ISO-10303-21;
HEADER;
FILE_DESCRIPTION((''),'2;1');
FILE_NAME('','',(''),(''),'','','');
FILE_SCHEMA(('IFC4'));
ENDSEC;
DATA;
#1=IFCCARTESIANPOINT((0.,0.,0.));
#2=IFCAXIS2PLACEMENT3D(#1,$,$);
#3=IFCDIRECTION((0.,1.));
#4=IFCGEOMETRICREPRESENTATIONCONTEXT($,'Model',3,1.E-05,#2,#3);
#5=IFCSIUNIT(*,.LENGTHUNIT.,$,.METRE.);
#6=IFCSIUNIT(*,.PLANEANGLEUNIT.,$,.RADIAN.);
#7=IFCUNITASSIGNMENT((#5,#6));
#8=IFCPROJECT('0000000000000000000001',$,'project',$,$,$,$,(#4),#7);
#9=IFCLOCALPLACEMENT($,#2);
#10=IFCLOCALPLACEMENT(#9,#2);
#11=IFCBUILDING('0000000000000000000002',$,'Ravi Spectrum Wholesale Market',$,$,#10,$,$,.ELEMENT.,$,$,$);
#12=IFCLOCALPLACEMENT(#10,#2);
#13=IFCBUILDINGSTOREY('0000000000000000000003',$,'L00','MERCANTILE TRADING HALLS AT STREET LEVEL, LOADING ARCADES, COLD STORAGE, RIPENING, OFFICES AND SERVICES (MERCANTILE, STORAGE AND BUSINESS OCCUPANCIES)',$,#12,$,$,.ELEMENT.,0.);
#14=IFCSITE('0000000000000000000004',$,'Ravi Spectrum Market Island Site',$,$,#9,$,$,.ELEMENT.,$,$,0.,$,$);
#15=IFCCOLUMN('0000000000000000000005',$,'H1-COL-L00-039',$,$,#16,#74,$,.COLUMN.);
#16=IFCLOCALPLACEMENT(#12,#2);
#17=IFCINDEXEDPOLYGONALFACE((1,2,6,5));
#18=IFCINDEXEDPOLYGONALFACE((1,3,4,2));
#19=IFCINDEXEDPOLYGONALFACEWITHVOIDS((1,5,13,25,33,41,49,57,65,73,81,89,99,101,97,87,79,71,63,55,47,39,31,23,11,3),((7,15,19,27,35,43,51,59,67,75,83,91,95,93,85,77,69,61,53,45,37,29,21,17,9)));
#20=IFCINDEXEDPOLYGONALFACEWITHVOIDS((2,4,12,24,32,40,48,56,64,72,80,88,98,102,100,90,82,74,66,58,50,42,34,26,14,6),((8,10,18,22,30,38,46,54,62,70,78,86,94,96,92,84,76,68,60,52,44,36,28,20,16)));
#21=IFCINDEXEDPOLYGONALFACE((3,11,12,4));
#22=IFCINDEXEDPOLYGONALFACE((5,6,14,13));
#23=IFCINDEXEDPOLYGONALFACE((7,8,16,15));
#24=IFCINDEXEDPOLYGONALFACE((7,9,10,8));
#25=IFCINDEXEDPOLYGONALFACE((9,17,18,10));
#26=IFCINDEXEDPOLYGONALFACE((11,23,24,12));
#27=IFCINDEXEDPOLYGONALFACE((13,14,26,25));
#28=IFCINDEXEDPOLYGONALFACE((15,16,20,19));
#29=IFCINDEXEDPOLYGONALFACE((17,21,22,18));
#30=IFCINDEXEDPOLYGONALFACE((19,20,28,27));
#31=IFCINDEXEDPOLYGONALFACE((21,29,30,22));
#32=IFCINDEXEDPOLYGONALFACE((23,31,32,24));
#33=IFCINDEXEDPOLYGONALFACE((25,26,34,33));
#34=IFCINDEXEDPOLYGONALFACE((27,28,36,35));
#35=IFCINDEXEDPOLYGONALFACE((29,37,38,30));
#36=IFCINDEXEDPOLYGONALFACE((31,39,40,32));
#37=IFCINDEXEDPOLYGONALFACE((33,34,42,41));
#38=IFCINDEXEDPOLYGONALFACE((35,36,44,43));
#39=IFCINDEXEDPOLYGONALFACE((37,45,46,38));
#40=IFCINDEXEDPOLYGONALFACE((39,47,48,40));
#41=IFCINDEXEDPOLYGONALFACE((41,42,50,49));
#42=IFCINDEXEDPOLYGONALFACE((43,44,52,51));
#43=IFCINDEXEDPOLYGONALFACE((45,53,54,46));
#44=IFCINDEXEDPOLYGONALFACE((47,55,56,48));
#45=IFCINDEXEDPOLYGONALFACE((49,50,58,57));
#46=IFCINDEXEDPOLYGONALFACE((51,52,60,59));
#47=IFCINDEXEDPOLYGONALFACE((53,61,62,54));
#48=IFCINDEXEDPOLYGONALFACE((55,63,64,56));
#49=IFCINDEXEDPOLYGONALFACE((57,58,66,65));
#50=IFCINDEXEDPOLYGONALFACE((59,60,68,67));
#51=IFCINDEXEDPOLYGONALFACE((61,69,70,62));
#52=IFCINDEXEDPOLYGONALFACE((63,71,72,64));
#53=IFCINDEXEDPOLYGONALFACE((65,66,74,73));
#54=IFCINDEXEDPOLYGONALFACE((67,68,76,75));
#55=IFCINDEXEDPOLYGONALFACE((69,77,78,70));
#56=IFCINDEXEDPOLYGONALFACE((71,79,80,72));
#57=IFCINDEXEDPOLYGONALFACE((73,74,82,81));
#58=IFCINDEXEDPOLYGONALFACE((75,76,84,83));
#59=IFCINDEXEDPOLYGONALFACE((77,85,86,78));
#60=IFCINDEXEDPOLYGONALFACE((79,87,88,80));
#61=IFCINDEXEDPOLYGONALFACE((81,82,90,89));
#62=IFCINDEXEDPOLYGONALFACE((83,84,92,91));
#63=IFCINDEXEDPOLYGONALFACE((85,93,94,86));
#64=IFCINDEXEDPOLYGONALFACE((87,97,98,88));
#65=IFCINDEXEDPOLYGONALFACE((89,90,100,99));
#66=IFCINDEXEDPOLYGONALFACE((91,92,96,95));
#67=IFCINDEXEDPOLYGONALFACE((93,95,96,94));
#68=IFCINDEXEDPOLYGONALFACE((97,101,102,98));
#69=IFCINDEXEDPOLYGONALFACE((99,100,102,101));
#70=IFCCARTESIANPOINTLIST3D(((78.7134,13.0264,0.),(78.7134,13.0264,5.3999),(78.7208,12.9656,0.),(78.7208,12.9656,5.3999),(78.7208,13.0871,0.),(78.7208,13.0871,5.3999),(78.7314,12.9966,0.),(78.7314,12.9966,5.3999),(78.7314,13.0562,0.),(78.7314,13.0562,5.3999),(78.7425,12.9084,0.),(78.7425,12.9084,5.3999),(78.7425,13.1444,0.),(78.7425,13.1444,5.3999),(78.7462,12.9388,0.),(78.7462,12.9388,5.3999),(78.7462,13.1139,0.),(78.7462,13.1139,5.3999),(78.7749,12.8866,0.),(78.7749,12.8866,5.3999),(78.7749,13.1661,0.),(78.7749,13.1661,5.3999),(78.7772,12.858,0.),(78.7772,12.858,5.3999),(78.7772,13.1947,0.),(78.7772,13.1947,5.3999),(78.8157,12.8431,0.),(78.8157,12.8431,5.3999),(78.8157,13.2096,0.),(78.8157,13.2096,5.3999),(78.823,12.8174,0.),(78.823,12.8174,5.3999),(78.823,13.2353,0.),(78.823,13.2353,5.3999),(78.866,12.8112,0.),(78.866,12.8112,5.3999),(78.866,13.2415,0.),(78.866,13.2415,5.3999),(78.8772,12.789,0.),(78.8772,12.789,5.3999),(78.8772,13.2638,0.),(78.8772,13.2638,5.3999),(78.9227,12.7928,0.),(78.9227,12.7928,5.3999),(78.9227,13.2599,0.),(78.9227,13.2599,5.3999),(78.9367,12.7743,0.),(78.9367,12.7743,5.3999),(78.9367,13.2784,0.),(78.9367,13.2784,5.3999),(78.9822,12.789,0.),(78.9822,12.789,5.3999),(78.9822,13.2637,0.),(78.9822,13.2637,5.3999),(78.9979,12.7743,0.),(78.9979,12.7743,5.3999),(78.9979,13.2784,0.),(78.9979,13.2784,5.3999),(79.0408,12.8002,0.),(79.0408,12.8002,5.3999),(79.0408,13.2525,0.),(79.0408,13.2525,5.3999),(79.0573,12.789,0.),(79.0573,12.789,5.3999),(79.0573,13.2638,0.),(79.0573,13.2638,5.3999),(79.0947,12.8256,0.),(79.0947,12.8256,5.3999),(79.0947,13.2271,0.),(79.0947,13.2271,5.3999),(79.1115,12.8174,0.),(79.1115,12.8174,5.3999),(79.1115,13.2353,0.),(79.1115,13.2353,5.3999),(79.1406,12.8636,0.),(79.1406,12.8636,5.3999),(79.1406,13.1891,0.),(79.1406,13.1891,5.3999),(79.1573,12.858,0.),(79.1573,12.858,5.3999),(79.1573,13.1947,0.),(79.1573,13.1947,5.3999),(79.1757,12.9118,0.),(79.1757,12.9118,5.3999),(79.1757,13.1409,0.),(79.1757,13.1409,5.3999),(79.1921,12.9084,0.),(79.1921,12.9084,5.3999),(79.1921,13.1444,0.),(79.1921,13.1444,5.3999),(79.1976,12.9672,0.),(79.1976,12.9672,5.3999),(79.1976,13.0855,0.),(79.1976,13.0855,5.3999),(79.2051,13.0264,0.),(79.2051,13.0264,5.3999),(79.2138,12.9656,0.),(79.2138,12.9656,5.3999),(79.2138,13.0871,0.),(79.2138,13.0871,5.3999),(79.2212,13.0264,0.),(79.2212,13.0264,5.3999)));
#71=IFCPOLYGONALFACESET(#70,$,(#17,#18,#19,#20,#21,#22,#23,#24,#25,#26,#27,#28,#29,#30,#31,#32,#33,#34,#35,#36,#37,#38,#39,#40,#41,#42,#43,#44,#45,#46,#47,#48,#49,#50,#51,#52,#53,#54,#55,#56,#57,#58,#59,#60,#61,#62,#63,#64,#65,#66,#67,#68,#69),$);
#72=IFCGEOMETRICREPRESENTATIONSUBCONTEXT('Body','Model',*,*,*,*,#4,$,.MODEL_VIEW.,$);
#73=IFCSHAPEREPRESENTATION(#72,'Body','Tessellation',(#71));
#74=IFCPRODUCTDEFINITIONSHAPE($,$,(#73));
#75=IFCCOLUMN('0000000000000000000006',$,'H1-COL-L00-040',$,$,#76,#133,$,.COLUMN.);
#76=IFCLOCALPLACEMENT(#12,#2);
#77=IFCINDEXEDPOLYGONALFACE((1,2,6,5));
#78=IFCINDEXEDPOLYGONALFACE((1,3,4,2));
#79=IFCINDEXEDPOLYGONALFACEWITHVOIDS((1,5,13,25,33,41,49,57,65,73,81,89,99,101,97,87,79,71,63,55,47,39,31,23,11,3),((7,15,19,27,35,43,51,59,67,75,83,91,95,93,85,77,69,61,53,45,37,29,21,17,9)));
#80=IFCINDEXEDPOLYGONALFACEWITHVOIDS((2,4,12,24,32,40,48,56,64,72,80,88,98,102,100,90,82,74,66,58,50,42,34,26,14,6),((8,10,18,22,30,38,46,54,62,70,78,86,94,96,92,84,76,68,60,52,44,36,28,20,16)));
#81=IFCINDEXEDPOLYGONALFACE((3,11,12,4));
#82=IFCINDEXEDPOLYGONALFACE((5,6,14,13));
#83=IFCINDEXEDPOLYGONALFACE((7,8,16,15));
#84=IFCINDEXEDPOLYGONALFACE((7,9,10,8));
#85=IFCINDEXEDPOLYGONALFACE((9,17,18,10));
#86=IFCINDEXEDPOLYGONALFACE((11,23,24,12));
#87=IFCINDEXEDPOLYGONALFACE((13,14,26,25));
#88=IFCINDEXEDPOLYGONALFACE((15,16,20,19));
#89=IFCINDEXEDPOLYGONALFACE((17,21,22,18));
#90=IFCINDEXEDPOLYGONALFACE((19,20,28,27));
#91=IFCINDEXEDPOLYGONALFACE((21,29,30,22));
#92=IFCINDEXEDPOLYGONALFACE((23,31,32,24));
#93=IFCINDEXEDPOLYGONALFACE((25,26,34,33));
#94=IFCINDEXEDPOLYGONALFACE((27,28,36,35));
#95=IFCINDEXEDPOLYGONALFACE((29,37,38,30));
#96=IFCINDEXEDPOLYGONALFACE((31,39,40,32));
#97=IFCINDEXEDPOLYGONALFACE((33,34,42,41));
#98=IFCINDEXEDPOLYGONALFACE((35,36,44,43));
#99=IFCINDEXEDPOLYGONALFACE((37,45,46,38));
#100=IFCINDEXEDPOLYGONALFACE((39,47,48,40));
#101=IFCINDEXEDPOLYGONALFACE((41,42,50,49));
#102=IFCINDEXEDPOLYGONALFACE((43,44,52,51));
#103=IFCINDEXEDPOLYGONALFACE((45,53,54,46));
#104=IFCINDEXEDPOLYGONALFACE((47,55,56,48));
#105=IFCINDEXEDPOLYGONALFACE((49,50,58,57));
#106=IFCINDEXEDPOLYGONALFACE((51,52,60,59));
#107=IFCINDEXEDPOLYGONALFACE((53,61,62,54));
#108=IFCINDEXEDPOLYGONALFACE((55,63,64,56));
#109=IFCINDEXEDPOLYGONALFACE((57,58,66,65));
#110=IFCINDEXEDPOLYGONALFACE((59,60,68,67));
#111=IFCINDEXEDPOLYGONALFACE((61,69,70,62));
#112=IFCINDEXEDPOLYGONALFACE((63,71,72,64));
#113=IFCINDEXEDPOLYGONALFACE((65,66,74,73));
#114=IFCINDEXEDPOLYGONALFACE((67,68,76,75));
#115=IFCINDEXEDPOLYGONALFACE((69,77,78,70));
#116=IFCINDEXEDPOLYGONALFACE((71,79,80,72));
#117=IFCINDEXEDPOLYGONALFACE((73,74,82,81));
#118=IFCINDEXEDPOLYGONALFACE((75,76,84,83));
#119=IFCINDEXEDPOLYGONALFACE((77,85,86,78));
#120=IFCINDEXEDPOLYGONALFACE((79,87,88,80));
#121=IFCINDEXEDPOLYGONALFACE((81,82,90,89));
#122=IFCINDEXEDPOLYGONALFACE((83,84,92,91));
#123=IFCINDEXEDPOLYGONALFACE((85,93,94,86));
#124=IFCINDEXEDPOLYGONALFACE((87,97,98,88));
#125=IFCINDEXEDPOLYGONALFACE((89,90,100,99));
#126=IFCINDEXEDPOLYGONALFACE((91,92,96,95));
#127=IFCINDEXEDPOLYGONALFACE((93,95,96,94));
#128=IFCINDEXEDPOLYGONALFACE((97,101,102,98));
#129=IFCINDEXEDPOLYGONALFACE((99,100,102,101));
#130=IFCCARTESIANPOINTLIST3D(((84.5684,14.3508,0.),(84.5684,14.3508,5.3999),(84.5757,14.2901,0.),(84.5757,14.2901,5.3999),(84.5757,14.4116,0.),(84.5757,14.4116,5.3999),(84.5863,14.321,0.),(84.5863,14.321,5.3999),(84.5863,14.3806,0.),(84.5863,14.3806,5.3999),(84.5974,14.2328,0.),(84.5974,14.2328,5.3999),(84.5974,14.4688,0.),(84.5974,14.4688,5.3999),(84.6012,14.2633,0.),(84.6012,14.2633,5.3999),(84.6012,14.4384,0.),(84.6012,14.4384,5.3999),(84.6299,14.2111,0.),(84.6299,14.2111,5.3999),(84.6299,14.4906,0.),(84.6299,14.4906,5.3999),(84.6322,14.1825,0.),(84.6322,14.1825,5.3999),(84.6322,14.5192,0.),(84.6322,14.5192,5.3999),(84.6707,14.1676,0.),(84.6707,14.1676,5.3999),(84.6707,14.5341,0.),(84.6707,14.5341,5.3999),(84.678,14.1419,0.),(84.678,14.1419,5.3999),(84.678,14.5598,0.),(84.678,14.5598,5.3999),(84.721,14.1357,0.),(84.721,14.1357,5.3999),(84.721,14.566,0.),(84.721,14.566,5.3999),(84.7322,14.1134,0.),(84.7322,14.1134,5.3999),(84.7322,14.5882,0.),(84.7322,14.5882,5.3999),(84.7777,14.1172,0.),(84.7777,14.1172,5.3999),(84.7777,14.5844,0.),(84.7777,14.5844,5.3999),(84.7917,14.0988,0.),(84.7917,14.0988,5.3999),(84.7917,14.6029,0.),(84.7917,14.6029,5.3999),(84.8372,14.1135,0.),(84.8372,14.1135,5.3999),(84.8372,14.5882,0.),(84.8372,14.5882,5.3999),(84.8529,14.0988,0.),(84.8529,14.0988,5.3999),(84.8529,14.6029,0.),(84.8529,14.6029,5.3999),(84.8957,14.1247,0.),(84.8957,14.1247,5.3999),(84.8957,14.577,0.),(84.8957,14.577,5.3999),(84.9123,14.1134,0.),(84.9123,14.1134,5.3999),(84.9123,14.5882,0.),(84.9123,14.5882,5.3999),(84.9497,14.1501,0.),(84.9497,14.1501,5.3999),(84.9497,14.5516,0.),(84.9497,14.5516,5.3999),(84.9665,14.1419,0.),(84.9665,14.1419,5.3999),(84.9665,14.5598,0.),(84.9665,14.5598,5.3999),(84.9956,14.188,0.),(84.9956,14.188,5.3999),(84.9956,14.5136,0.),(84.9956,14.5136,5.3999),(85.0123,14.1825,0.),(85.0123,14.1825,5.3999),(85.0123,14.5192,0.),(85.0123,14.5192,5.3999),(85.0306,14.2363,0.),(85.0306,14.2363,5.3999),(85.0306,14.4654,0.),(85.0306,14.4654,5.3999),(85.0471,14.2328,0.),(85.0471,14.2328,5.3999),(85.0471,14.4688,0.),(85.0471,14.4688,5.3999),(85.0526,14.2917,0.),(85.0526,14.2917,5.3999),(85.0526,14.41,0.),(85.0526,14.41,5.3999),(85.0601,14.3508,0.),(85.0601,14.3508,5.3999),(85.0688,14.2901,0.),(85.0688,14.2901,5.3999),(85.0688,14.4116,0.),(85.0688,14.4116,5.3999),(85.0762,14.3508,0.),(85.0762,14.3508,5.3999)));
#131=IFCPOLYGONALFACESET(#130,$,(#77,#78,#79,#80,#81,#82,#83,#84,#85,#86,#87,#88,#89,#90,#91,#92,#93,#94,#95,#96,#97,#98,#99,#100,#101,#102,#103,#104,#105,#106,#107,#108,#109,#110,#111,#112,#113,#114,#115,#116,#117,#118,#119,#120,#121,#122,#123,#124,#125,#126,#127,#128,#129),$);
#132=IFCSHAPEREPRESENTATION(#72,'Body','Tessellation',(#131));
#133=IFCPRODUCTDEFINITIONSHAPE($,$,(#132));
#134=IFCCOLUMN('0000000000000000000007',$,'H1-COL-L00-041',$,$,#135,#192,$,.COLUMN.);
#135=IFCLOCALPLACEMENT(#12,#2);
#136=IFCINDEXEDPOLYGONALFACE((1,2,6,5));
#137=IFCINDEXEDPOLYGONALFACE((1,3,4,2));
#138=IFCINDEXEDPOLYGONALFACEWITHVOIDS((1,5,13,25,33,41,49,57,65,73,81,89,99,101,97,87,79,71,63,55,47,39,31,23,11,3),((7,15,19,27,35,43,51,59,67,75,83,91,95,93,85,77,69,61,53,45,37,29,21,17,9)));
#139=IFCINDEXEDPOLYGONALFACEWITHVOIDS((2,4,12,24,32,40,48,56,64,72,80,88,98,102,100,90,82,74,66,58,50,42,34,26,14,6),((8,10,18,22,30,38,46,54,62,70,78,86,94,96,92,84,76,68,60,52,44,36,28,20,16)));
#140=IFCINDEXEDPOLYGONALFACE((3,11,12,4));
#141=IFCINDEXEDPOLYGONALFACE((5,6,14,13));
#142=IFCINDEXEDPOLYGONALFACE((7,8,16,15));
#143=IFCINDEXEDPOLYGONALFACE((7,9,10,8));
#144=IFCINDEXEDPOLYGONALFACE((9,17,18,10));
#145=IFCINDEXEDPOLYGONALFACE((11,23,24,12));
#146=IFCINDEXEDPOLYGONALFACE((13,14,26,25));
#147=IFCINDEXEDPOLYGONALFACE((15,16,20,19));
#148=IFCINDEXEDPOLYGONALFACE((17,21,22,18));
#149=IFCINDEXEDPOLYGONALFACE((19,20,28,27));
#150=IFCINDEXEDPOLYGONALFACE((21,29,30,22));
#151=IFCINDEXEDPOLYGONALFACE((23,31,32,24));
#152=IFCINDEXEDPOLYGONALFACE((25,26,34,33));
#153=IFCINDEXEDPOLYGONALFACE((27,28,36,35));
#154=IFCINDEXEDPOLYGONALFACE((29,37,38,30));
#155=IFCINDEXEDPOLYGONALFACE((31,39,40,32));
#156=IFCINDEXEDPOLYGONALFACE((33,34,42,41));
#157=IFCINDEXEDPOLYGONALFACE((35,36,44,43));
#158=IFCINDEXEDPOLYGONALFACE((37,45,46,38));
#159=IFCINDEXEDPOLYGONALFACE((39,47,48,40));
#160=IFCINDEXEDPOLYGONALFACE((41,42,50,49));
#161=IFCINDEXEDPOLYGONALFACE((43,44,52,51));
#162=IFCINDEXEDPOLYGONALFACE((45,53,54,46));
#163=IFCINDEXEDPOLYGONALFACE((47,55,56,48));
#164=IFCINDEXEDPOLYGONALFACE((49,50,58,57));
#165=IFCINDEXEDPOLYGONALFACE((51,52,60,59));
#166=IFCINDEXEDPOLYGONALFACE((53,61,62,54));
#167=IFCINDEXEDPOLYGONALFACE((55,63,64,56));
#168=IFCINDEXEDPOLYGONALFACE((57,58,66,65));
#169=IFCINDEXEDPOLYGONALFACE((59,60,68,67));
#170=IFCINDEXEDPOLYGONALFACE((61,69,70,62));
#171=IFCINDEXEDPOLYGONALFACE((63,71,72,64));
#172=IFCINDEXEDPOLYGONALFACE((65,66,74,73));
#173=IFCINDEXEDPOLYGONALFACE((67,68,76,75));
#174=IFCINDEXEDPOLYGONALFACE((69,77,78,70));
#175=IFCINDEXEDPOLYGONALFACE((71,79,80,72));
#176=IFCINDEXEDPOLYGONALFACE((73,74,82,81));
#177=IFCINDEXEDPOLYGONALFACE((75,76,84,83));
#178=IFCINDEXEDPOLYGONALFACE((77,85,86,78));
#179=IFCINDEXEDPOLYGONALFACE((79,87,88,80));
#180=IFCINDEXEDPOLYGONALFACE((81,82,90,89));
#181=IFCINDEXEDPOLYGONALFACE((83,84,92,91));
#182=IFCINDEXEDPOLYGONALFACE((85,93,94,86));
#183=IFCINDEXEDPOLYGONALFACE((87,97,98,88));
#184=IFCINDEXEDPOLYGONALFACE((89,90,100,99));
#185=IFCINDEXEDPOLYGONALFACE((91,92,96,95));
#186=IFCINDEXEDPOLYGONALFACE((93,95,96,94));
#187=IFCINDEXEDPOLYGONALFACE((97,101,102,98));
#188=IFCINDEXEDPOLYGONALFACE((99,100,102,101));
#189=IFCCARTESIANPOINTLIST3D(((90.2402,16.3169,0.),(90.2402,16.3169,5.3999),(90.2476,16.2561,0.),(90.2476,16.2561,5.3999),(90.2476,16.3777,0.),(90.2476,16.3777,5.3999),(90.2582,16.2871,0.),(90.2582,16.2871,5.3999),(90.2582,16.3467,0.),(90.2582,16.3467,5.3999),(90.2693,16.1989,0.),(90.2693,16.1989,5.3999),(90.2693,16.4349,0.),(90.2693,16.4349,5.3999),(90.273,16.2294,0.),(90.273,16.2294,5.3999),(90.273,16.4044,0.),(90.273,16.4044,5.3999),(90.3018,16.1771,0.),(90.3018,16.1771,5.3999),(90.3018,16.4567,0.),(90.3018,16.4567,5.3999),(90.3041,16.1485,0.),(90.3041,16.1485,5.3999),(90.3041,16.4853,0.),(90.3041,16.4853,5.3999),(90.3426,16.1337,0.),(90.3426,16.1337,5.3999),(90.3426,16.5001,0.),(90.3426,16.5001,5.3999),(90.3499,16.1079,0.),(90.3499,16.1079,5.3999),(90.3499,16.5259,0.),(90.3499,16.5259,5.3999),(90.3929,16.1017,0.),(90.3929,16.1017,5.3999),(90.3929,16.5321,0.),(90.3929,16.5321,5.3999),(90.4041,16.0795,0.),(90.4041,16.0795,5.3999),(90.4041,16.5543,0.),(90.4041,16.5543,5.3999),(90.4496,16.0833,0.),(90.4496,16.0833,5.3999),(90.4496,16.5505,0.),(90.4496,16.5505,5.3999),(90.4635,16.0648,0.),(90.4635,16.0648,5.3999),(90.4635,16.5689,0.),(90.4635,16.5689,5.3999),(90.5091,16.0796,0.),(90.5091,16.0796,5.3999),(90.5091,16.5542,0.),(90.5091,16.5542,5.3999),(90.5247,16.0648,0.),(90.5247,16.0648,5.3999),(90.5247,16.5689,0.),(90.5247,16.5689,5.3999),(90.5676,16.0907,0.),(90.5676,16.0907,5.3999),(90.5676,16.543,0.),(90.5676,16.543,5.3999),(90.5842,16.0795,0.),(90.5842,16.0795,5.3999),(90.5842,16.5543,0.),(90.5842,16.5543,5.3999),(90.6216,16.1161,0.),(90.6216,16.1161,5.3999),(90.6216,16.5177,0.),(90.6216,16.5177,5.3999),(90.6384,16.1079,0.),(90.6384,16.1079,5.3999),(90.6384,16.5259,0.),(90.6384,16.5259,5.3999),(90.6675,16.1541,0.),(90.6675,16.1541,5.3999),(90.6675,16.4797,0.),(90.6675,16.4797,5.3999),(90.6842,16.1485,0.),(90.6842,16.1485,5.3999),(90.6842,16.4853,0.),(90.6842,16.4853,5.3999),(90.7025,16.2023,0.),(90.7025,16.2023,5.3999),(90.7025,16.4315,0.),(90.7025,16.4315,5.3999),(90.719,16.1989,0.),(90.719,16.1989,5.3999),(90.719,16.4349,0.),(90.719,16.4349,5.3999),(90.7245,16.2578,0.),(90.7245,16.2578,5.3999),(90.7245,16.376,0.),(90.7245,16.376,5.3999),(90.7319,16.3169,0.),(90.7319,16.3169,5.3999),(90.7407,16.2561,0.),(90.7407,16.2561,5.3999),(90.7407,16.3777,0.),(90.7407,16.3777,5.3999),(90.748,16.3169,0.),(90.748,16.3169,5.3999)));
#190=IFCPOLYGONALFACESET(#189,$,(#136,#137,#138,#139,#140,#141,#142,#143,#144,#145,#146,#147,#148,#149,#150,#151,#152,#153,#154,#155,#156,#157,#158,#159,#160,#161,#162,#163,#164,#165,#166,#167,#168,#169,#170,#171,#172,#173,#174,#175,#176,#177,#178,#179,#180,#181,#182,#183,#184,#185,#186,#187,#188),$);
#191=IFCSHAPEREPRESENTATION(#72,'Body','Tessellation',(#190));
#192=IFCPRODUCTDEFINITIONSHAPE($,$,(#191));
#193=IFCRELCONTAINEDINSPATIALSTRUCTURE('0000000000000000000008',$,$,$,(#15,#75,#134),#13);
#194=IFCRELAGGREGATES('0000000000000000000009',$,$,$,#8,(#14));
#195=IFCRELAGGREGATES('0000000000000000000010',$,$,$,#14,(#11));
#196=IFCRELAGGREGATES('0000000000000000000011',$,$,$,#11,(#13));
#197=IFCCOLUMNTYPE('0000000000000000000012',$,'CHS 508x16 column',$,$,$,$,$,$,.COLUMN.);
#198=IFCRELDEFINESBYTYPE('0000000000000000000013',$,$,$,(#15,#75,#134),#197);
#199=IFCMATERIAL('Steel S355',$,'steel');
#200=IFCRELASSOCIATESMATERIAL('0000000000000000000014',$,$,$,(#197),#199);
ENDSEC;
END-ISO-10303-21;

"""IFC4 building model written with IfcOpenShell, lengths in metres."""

from ifc_helpers import new_model, si_unit, direction, frame, origin, origin_2d, place, context, subcontext, project, spatial, hollow_circle, extrude, material, material_profile, profile_set, type_object, element, save


model = new_model("IFC4")

# Units and contexts
model_context = context("Model", 3, precision=1e-05, world=origin(), true_north=direction((0.0, 1.0)))
body_context = subcontext(model_context, "Body", "Model", "MODEL_VIEW")
ifc_project = project(units=[si_unit("LENGTHUNIT", "METRE"), si_unit("PLANEANGLEUNIT", "RADIAN")], contexts=[model_context])

# Site, building, storey
site_placement = place(None, origin())
site = spatial("IfcSite", under=ifc_project, at=site_placement, Name="Ravi Spectrum Market Island Site", CompositionType="ELEMENT", RefElevation=0.0)
building_placement = place(site_placement, origin())
building = spatial("IfcBuilding", under=site, at=building_placement, Name="Ravi Spectrum Wholesale Market", CompositionType="ELEMENT")
storey_placement = place(building_placement, origin())
storey = spatial("IfcBuildingStorey", under=building, at=storey_placement, Name="L00", Description="MERCANTILE TRADING HALLS AT STREET LEVEL, LOADING ARCADES, COLD STORAGE, RIPENING, OFFICES AND SERVICES (MERCANTILE, STORAGE AND BUSINESS OCCUPANCIES)", CompositionType="ELEMENT", Elevation=0.0)

# Columns
ifc_material_1 = material(Name="Steel S355", Category="steel")
ifc_material_profile = material_profile(ifc_material_1, hollow_circle(Radius=0.2539, WallThickness=0.0161, at=origin_2d()))
ifc_profile_set = profile_set([ifc_material_profile], Name="Steel S355")
column_type = type_object("IfcColumnType", Name="CHS 508x16 column", PredefinedType="COLUMN", material=ifc_profile_set)
for number, where, z_axis, x_axis, name in (
    (1, (78.9673, 13.0264, 0.0), (0.0, 0.0, 1.0), (1.0, 0.0, 0.0), "H1-COL-L00-039"),
    (2, (84.8223, 14.3508, 0.0), (0.0, 0.0, 1.0), (1.0, 0.0, 0.0), "H1-COL-L00-040"),
    (3, (90.4941, 16.3169, 0.0), (0.0, 0.0, 1.0), (1.0, 0.0, 0.0), "H1-COL-L00-041"),
):
    element("IfcColumn", number, at=place(storey_placement, frame(where, z_axis=z_axis, x_axis=x_axis)), inside=storey, type_object=column_type, Name=name, PredefinedType="COLUMN", context=body_context, shape_type="SweptSolid", body=[
        extrude(hollow_circle(Radius=0.2539, WallThickness=0.0161, at=origin_2d()), origin(), (0.0, 0.0, 1.0), 5.3999),
    ])

save(model, "model.ifc")
